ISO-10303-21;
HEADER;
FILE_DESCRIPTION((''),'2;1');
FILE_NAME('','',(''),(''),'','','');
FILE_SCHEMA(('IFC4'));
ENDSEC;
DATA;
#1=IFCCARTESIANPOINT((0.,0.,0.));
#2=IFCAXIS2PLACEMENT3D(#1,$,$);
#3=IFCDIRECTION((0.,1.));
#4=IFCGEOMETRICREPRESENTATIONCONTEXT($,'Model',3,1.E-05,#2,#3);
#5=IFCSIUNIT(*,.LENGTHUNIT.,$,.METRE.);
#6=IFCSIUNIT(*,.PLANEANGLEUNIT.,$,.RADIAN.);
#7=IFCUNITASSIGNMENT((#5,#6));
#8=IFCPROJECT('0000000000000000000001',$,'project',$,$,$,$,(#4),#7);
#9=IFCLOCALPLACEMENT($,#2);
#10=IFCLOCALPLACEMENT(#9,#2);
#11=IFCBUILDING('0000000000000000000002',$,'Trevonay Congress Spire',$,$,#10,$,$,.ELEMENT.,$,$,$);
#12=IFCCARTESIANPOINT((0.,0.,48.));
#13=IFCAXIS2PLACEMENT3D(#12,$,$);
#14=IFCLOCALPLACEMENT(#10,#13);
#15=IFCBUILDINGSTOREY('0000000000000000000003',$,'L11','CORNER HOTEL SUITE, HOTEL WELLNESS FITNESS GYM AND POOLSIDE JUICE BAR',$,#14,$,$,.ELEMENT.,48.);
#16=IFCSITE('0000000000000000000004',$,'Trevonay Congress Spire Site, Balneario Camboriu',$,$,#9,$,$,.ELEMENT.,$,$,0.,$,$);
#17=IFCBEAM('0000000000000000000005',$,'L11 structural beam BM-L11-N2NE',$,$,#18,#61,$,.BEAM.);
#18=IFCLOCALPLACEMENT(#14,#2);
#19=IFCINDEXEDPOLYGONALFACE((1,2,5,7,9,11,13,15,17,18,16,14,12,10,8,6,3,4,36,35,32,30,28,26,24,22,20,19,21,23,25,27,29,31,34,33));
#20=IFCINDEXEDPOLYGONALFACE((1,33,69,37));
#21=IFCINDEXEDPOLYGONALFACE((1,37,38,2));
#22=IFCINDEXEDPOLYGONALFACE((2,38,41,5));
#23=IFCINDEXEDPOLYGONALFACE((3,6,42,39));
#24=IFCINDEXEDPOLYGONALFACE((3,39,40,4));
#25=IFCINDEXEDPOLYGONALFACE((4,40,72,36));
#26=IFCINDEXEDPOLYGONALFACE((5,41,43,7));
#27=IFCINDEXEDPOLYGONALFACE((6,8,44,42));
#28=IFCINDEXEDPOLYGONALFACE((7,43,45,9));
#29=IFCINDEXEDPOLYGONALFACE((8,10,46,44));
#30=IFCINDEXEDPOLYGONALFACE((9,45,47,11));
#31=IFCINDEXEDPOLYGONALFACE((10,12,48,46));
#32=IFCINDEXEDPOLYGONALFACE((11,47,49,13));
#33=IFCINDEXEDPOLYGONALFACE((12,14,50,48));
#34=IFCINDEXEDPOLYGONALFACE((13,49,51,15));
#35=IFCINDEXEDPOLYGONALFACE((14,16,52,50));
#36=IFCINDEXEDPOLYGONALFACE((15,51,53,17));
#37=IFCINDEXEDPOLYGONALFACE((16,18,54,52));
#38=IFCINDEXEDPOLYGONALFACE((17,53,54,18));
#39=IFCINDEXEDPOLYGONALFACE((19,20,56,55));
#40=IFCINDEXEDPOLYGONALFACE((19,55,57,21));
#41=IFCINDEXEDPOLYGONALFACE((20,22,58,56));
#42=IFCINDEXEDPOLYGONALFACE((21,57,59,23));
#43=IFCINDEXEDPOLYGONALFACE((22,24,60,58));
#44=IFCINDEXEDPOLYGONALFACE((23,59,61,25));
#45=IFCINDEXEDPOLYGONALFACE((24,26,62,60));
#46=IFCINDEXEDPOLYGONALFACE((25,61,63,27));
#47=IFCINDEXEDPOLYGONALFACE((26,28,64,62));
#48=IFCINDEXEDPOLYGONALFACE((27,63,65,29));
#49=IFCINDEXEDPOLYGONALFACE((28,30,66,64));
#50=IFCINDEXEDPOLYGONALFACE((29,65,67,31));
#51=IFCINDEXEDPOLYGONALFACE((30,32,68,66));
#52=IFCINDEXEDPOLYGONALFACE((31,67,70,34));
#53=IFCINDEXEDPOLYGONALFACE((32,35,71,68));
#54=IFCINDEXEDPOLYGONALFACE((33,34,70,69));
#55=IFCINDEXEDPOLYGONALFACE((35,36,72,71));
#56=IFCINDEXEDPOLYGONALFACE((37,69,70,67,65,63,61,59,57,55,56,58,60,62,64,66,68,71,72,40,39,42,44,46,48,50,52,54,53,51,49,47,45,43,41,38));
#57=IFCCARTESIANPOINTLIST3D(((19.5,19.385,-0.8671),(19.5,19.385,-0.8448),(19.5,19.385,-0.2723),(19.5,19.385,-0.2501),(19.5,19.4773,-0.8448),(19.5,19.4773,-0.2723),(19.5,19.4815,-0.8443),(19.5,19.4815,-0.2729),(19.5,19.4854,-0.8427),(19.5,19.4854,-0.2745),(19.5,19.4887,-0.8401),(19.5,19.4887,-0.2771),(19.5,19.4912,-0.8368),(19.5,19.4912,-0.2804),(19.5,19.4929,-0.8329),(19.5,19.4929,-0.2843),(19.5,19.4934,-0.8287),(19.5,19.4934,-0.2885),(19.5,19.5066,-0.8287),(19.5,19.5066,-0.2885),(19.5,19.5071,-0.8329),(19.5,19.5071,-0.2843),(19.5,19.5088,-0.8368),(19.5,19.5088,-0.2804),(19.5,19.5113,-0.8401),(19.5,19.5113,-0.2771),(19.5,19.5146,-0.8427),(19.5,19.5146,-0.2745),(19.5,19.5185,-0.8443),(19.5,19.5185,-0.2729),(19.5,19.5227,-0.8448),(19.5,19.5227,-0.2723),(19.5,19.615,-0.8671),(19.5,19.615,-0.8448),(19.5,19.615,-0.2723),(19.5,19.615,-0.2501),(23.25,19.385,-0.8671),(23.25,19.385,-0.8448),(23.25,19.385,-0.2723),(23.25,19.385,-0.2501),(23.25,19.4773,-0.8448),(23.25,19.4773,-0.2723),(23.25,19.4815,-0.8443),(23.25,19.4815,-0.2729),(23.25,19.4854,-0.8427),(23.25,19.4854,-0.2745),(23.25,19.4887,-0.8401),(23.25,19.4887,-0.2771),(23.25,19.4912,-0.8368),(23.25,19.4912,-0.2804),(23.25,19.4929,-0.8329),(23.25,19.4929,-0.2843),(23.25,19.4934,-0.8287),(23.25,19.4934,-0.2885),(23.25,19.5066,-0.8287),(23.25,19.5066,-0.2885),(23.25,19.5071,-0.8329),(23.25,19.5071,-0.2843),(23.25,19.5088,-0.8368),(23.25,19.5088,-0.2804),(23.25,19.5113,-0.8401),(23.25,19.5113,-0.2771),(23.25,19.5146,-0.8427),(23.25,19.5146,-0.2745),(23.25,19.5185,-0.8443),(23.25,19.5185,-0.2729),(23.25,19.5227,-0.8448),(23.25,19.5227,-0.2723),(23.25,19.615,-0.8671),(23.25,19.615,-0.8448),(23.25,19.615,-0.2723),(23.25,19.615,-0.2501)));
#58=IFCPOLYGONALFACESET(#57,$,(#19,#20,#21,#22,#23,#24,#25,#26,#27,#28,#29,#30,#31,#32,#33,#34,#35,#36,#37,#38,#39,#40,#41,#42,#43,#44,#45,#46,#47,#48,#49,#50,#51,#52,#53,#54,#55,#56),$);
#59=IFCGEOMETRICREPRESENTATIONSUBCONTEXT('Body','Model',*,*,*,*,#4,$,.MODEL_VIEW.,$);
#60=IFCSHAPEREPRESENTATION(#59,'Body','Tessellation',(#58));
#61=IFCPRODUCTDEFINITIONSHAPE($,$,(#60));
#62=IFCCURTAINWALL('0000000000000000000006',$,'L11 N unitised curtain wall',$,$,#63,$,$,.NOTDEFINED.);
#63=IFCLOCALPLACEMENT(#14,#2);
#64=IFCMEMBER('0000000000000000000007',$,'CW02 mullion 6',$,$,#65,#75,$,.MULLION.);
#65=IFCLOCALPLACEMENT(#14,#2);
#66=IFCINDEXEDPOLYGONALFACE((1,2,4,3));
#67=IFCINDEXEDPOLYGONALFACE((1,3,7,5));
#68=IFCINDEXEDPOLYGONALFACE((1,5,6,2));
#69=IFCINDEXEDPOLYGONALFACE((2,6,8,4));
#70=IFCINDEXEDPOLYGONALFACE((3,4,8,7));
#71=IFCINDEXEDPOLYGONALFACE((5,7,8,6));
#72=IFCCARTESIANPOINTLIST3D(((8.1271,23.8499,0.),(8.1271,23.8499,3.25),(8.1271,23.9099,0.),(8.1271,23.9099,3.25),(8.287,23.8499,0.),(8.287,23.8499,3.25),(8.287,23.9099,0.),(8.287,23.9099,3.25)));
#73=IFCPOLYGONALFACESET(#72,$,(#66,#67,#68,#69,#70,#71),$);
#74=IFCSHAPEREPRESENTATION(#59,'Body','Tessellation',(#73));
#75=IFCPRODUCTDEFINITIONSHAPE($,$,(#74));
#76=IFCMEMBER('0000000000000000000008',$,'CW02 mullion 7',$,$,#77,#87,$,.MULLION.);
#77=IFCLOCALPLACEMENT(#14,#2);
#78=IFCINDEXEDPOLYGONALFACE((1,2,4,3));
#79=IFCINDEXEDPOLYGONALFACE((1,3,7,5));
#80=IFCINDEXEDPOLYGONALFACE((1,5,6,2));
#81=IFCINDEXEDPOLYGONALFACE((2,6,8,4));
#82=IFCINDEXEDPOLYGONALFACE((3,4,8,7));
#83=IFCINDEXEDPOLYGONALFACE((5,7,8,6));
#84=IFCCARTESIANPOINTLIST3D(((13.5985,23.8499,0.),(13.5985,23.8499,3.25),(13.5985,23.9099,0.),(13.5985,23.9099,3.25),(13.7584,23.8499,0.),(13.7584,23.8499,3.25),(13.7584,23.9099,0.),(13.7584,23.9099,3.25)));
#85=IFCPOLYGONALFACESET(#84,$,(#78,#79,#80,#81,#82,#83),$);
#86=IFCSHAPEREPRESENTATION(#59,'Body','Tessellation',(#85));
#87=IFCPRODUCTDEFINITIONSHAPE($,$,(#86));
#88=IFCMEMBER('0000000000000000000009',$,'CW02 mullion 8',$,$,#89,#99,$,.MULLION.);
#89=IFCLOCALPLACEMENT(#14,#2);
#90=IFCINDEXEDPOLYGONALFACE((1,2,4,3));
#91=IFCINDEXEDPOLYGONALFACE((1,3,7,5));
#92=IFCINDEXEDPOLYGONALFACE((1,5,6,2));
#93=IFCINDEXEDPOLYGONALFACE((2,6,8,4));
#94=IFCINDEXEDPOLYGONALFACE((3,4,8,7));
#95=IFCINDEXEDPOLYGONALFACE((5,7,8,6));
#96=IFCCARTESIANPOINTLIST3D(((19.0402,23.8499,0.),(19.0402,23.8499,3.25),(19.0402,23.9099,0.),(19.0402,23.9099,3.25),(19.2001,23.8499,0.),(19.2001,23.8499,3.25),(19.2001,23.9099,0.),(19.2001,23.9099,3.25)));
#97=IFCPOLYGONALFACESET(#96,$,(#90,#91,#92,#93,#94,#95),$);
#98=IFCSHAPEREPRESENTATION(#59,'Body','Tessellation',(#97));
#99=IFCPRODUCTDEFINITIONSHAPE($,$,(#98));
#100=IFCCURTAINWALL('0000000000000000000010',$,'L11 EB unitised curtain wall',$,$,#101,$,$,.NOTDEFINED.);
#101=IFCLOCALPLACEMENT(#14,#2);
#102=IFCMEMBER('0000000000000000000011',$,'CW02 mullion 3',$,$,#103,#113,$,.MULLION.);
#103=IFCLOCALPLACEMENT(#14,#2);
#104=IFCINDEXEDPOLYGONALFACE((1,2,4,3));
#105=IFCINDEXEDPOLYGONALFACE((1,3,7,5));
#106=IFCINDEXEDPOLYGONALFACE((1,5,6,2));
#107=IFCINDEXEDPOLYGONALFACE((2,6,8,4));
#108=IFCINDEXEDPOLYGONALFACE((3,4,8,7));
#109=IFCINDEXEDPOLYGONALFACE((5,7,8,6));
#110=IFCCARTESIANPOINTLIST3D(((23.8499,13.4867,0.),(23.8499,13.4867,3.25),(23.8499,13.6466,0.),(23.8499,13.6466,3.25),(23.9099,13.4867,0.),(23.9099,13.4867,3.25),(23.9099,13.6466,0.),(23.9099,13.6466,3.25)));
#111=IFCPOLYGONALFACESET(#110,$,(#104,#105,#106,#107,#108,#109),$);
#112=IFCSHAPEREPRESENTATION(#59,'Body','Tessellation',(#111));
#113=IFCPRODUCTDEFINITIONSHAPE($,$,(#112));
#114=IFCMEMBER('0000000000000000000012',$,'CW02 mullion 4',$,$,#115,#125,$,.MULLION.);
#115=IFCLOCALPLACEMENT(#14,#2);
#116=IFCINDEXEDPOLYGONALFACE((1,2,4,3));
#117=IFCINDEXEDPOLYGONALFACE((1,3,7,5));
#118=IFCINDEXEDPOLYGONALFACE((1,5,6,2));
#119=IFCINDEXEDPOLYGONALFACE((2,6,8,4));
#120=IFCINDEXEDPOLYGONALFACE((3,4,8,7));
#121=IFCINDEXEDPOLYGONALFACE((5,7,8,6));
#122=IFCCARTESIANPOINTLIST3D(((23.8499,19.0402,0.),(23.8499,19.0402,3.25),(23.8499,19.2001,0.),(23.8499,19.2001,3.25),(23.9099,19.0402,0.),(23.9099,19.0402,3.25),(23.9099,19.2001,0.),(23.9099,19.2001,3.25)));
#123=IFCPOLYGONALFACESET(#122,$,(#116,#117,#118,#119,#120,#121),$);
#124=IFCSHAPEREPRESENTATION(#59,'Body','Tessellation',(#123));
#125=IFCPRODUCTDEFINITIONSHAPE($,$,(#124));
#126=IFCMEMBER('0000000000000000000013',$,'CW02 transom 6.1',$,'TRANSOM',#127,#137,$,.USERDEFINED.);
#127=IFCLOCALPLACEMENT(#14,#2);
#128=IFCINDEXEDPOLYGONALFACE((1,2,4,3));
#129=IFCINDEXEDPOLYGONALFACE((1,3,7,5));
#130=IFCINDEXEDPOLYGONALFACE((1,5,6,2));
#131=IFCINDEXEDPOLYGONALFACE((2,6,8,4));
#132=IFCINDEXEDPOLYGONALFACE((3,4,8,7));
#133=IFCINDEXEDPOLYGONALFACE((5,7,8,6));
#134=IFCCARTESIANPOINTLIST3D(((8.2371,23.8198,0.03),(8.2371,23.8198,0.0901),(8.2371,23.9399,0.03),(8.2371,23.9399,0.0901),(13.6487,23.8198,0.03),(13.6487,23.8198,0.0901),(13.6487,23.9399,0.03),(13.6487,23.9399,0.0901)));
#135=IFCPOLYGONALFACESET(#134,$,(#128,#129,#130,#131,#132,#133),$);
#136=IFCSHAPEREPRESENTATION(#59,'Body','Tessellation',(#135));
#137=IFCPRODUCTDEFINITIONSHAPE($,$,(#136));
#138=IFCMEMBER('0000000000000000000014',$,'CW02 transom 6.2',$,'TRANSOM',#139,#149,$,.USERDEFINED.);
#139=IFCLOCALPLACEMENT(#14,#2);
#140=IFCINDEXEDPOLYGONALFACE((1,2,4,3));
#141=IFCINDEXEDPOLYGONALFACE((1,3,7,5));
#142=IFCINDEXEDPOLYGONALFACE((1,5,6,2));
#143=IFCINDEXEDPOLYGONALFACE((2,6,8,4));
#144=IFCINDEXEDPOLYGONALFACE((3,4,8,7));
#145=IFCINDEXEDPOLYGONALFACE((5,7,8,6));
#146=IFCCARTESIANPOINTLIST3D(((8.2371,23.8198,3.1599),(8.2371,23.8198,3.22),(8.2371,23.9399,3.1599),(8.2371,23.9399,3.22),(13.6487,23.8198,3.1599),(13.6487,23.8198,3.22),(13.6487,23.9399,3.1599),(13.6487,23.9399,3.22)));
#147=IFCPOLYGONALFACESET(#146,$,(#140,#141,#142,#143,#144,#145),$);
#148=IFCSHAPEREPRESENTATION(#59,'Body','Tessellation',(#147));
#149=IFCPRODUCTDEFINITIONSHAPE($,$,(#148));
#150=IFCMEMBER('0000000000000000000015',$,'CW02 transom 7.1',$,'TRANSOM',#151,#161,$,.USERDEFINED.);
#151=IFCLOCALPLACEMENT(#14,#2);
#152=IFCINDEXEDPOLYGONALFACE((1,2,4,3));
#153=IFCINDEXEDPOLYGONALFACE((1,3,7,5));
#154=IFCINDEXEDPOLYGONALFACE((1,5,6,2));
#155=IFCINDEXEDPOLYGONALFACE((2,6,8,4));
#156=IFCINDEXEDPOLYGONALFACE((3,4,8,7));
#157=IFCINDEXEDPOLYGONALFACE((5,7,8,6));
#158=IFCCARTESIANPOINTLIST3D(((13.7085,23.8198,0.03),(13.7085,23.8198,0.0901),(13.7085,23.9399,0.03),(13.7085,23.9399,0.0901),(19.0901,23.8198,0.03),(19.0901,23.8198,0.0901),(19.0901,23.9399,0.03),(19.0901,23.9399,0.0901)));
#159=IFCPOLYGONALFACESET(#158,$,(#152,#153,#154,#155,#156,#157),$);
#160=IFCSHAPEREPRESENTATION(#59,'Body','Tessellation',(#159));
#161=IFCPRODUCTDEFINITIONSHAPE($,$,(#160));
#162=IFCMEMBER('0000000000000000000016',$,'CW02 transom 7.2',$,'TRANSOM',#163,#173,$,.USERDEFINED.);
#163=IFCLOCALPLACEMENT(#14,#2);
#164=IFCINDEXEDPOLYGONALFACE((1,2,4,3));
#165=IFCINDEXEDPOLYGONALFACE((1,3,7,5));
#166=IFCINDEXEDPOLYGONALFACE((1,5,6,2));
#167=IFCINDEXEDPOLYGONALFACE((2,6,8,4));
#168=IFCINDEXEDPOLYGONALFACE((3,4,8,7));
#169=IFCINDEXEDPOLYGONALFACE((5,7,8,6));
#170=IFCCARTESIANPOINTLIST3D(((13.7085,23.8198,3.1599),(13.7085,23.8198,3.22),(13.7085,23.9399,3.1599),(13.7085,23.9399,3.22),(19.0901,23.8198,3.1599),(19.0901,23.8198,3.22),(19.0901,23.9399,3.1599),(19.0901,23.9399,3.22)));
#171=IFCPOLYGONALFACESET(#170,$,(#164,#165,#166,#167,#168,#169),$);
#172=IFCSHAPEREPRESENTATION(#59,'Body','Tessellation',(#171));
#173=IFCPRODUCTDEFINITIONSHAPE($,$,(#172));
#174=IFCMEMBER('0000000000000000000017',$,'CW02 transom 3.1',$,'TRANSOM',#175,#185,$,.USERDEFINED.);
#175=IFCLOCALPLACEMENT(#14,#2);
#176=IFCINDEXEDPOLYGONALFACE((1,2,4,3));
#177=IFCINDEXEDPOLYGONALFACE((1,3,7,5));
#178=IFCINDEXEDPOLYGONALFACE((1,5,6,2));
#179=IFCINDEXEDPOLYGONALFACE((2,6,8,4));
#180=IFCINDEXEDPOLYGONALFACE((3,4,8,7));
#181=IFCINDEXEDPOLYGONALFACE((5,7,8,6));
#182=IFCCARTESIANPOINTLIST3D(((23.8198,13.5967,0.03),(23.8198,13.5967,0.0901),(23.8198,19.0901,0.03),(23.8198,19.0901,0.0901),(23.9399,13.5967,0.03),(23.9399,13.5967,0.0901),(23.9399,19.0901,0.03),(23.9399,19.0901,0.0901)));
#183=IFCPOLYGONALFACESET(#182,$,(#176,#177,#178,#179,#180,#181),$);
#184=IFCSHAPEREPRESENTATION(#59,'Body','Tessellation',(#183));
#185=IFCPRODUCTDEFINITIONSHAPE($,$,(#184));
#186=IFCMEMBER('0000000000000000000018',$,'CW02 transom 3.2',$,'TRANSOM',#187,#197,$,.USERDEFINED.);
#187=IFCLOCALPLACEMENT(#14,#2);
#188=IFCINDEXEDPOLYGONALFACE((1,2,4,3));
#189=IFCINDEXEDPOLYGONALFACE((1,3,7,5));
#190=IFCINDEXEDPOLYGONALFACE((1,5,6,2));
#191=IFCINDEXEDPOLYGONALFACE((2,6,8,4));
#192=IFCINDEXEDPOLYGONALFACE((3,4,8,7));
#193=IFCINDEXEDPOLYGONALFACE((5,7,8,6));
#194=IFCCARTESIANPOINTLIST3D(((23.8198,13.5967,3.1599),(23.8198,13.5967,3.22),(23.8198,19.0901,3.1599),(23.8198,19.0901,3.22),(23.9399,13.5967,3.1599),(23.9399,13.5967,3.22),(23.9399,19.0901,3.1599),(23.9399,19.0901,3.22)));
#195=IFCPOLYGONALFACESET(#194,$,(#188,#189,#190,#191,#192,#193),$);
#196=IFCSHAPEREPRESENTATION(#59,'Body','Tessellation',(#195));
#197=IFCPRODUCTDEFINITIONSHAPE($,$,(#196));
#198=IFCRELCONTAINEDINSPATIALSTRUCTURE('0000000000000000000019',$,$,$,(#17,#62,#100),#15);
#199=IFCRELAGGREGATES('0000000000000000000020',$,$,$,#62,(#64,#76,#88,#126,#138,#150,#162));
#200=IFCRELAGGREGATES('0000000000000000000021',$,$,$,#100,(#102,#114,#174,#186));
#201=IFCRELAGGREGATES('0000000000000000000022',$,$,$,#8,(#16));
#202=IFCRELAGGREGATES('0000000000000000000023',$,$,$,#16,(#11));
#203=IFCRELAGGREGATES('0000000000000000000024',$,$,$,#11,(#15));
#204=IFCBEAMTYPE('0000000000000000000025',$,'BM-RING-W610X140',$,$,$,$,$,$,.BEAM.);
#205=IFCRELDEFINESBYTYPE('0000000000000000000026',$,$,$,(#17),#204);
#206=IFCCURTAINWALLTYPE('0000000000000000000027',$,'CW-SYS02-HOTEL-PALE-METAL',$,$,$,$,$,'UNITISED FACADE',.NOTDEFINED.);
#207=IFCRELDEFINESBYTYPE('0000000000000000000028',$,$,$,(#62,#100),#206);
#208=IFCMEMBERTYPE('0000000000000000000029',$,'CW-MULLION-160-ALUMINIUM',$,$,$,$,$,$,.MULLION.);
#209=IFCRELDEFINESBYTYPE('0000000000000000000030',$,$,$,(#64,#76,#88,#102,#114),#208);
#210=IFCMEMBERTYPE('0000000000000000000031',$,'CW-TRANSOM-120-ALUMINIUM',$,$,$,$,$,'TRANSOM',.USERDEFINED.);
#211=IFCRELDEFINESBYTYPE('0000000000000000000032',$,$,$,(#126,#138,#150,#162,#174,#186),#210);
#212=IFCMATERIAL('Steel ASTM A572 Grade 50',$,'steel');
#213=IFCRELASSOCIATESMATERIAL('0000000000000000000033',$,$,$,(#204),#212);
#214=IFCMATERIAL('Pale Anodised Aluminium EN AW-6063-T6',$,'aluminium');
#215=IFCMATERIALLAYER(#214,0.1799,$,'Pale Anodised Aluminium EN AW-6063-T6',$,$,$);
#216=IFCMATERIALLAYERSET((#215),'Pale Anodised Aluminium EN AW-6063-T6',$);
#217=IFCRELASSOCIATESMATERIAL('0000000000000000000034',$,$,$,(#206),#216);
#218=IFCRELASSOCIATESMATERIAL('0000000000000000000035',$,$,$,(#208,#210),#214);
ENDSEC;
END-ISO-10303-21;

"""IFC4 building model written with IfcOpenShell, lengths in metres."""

from ifc_helpers import new_model, si_unit, direction, frame, origin, origin_2d, place, context, subcontext, project, spatial, rectangle, i_section, extrude, material, layer, layer_set, material_profile, profile_set, type_object, element, aggregate, save


model = new_model("IFC4")

# Units and contexts
model_context = context("Model", 3, precision=1e-05, world=origin(), true_north=direction((0.0, 1.0)))
body_context = subcontext(model_context, "Body", "Model", "MODEL_VIEW")
ifc_project = project(units=[si_unit("LENGTHUNIT", "METRE"), si_unit("PLANEANGLEUNIT", "RADIAN")], contexts=[model_context])

# Site, building, storey
site_placement = place(None, origin())
site = spatial("IfcSite", under=ifc_project, at=site_placement, Name="Trevonay Congress Spire Site, Balneario Camboriu", CompositionType="ELEMENT", RefElevation=0.0)
building_placement = place(site_placement, origin())
building = spatial("IfcBuilding", under=site, at=building_placement, Name="Trevonay Congress Spire", CompositionType="ELEMENT")
storey_placement = place(building_placement, frame((0.0, 0.0, 48.0)))
storey = spatial("IfcBuildingStorey", under=building, at=storey_placement, Name="L11", Description="CORNER HOTEL SUITE, HOTEL WELLNESS FITNESS GYM AND POOLSIDE JUICE BAR", CompositionType="ELEMENT", Elevation=48.0)

# Shared definitions
ifc_material_1 = material(Name="Steel ASTM A572 Grade 50", Category="steel")

# Beam
ifc_material_profile_1 = material_profile(ifc_material_1, i_section(OverallWidth=0.23, OverallDepth=0.6169, WebThickness=0.0132, FlangeThickness=0.0222, FilletRadius=0.0161, at=origin_2d()), Name="W610x140")
ifc_profile_set_1 = profile_set([ifc_material_profile_1], Name="Steel ASTM A572 Grade 50")
beam_type = type_object("IfcBeamType", Name="BM-RING-W610X140", PredefinedType="BEAM", material=ifc_profile_set_1)
for number, where, z_axis, x_axis, name in (
    (1, (23.25, 19.5, -0.5586), (-1.0, 0.0, 0.0), (0.0, -1.0, 0.0), "L11 structural beam BM-L11-N2NE"),
):
    element("IfcBeam", number, at=place(storey_placement, frame(where, z_axis=z_axis, x_axis=x_axis)), inside=storey, type_object=beam_type, Name=name, PredefinedType="BEAM", context=body_context, shape_type="SweptSolid", body=[
        extrude(i_section(OverallWidth=0.23, OverallDepth=0.6169, WebThickness=0.0132, FlangeThickness=0.0222, FilletRadius=0.0161, at=origin_2d()), origin(), (0.0, 0.0, 1.0), 3.75),
    ])

# Curtain walls, members
ifc_material_2 = material(Name="Pale Anodised Aluminium EN AW-6063-T6", Category="aluminium")
ifc_layer_1 = layer(ifc_material_2, 0.1799, Name="Pale Anodised Aluminium EN AW-6063-T6")
ifc_layer_set_1 = layer_set([ifc_layer_1], Name="Pale Anodised Aluminium EN AW-6063-T6")
curtain_wall_type = type_object("IfcCurtainWallType", Name="CW-SYS02-HOTEL-PALE-METAL", ElementType="UNITISED FACADE", PredefinedType="NOTDEFINED", material=ifc_layer_set_1)
curtain_wall_1_placement = place(storey_placement, origin())
curtain_wall_1 = element("IfcCurtainWall", 2, at=curtain_wall_1_placement, inside=storey, type_object=curtain_wall_type, Name="L11 N unitised curtain wall", PredefinedType="NOTDEFINED")
ifc_material_profile_2 = material_profile(ifc_material_2, rectangle(XDim=0.0601, YDim=0.1599, at=origin_2d()), Name="CW-MULLION-160-ALUMINIUM")
ifc_profile_set_2 = profile_set([ifc_material_profile_2], Name="Pale Anodised Aluminium EN AW-6063-T6")
member_type_1 = type_object("IfcMemberType", Name="CW-MULLION-160-ALUMINIUM", PredefinedType="MULLION", material=ifc_profile_set_2)
member_1_placement = place(storey_placement, frame((8.207, 23.8799, 0.0), z_axis=(0.0, 0.0, 1.0), x_axis=(0.0, 1.0, 0.0)))
member_1 = element("IfcMember", 3, at=member_1_placement, type_object=member_type_1, Name="CW02 mullion 6", PredefinedType="MULLION", context=body_context, shape_type="SweptSolid", body=[
    extrude(rectangle(XDim=0.0601, YDim=0.1599, at=origin_2d()), origin(), (0.0, 0.0, 1.0), 3.25),
])
member_2_placement = place(storey_placement, frame((13.6785, 23.8799, 0.0), z_axis=(0.0, 0.0, 1.0), x_axis=(0.0, 1.0, 0.0)))
member_2 = element("IfcMember", 4, at=member_2_placement, type_object=member_type_1, Name="CW02 mullion 7", PredefinedType="MULLION", context=body_context, shape_type="SweptSolid", body=[
    extrude(rectangle(XDim=0.0601, YDim=0.1599, at=origin_2d()), origin(), (0.0, 0.0, 1.0), 3.25),
])
member_3_placement = place(storey_placement, frame((19.1201, 23.8799, 0.0), z_axis=(0.0, 0.0, 1.0), x_axis=(0.0, 1.0, 0.0)))
member_3 = element("IfcMember", 5, at=member_3_placement, type_object=member_type_1, Name="CW02 mullion 8", PredefinedType="MULLION", context=body_context, shape_type="SweptSolid", body=[
    extrude(rectangle(XDim=0.0601, YDim=0.1599, at=origin_2d()), origin(), (0.0, 0.0, 1.0), 3.25),
])
curtain_wall_2_placement = place(storey_placement, origin())
curtain_wall_2 = element("IfcCurtainWall", 6, at=curtain_wall_2_placement, inside=storey, type_object=curtain_wall_type, Name="L11 EB unitised curtain wall", PredefinedType="NOTDEFINED")
member_4_placement = place(storey_placement, frame((23.8799, 13.5667, 0.0), z_axis=(0.0, 0.0, 1.0), x_axis=(-1.0, 0.0, 0.0)))
member_4 = element("IfcMember", 7, at=member_4_placement, type_object=member_type_1, Name="CW02 mullion 3", PredefinedType="MULLION", context=body_context, shape_type="SweptSolid", body=[
    extrude(rectangle(XDim=0.0601, YDim=0.1599, at=origin_2d()), origin(), (0.0, 0.0, 1.0), 3.25),
])
member_5_placement = place(storey_placement, frame((23.8799, 19.1201, 0.0), z_axis=(0.0, 0.0, 1.0), x_axis=(-1.0, 0.0, 0.0)))
member_5 = element("IfcMember", 8, at=member_5_placement, type_object=member_type_1, Name="CW02 mullion 4", PredefinedType="MULLION", context=body_context, shape_type="SweptSolid", body=[
    extrude(rectangle(XDim=0.0601, YDim=0.1599, at=origin_2d()), origin(), (0.0, 0.0, 1.0), 3.25),
])

# Members
ifc_material_profile_3 = material_profile(ifc_material_2, rectangle(XDim=0.1201, YDim=0.0601, at=origin_2d()), Name="CW-TRANSOM-120-ALUMINIUM")
ifc_profile_set_3 = profile_set([ifc_material_profile_3], Name="Pale Anodised Aluminium EN AW-6063-T6")
member_type_2 = type_object("IfcMemberType", Name="CW-TRANSOM-120-ALUMINIUM", ElementType="TRANSOM", PredefinedType="USERDEFINED", material=ifc_profile_set_3)
member_6_placement = place(storey_placement, frame((8.2371, 23.8799, 0.0601), z_axis=(1.0, 0.0, 0.0), x_axis=(0.0, 1.0, 0.0)))
member_6 = element("IfcMember", 9, at=member_6_placement, type_object=member_type_2, Name="CW02 transom 6.1", ObjectType="TRANSOM", PredefinedType="USERDEFINED", context=body_context, shape_type="SweptSolid", body=[
    extrude(rectangle(XDim=0.1201, YDim=0.0601, at=origin_2d()), origin(), (0.0, 0.0, 1.0), 5.4116),
])
member_7_placement = place(storey_placement, frame((8.2371, 23.8799, 3.1899), z_axis=(1.0, 0.0, 0.0), x_axis=(0.0, 1.0, 0.0)))
member_7 = element("IfcMember", 10, at=member_7_placement, type_object=member_type_2, Name="CW02 transom 6.2", ObjectType="TRANSOM", PredefinedType="USERDEFINED", context=body_context, shape_type="SweptSolid", body=[
    extrude(rectangle(XDim=0.1201, YDim=0.0601, at=origin_2d()), origin(), (0.0, 0.0, 1.0), 5.4116),
])
member_8_placement = place(storey_placement, frame((13.7085, 23.8799, 0.0601), z_axis=(1.0, 0.0, 0.0), x_axis=(0.0, 1.0, 0.0)))
member_8 = element("IfcMember", 11, at=member_8_placement, type_object=member_type_2, Name="CW02 transom 7.1", ObjectType="TRANSOM", PredefinedType="USERDEFINED", context=body_context, shape_type="SweptSolid", body=[
    extrude(rectangle(XDim=0.1201, YDim=0.0601, at=origin_2d()), origin(), (0.0, 0.0, 1.0), 5.3816),
])
member_9_placement = place(storey_placement, frame((13.7085, 23.8799, 3.1899), z_axis=(1.0, 0.0, 0.0), x_axis=(0.0, 1.0, 0.0)))
member_9 = element("IfcMember", 12, at=member_9_placement, type_object=member_type_2, Name="CW02 transom 7.2", ObjectType="TRANSOM", PredefinedType="USERDEFINED", context=body_context, shape_type="SweptSolid", body=[
    extrude(rectangle(XDim=0.1201, YDim=0.0601, at=origin_2d()), origin(), (0.0, 0.0, 1.0), 5.3816),
])
member_10_placement = place(storey_placement, frame((23.8799, 13.5967, 0.0601), z_axis=(0.0, 1.0, 0.0), x_axis=(-1.0, 0.0, 0.0)))
member_10 = element("IfcMember", 13, at=member_10_placement, type_object=member_type_2, Name="CW02 transom 3.1", ObjectType="TRANSOM", PredefinedType="USERDEFINED", context=body_context, shape_type="SweptSolid", body=[
    extrude(rectangle(XDim=0.1201, YDim=0.0601, at=origin_2d()), origin(), (0.0, 0.0, 1.0), 5.4934),
])
member_11_placement = place(storey_placement, frame((23.8799, 13.5967, 3.1899), z_axis=(0.0, 1.0, 0.0), x_axis=(-1.0, 0.0, 0.0)))
member_11 = element("IfcMember", 14, at=member_11_placement, type_object=member_type_2, Name="CW02 transom 3.2", ObjectType="TRANSOM", PredefinedType="USERDEFINED", context=body_context, shape_type="SweptSolid", body=[
    extrude(rectangle(XDim=0.1201, YDim=0.0601, at=origin_2d()), origin(), (0.0, 0.0, 1.0), 5.4934),
])

aggregate(curtain_wall_1, [member_1, member_2, member_3, member_6, member_7, member_8, member_9])
aggregate(curtain_wall_2, [member_4, member_5, member_10, member_11])

save(model, "model.ifc")
